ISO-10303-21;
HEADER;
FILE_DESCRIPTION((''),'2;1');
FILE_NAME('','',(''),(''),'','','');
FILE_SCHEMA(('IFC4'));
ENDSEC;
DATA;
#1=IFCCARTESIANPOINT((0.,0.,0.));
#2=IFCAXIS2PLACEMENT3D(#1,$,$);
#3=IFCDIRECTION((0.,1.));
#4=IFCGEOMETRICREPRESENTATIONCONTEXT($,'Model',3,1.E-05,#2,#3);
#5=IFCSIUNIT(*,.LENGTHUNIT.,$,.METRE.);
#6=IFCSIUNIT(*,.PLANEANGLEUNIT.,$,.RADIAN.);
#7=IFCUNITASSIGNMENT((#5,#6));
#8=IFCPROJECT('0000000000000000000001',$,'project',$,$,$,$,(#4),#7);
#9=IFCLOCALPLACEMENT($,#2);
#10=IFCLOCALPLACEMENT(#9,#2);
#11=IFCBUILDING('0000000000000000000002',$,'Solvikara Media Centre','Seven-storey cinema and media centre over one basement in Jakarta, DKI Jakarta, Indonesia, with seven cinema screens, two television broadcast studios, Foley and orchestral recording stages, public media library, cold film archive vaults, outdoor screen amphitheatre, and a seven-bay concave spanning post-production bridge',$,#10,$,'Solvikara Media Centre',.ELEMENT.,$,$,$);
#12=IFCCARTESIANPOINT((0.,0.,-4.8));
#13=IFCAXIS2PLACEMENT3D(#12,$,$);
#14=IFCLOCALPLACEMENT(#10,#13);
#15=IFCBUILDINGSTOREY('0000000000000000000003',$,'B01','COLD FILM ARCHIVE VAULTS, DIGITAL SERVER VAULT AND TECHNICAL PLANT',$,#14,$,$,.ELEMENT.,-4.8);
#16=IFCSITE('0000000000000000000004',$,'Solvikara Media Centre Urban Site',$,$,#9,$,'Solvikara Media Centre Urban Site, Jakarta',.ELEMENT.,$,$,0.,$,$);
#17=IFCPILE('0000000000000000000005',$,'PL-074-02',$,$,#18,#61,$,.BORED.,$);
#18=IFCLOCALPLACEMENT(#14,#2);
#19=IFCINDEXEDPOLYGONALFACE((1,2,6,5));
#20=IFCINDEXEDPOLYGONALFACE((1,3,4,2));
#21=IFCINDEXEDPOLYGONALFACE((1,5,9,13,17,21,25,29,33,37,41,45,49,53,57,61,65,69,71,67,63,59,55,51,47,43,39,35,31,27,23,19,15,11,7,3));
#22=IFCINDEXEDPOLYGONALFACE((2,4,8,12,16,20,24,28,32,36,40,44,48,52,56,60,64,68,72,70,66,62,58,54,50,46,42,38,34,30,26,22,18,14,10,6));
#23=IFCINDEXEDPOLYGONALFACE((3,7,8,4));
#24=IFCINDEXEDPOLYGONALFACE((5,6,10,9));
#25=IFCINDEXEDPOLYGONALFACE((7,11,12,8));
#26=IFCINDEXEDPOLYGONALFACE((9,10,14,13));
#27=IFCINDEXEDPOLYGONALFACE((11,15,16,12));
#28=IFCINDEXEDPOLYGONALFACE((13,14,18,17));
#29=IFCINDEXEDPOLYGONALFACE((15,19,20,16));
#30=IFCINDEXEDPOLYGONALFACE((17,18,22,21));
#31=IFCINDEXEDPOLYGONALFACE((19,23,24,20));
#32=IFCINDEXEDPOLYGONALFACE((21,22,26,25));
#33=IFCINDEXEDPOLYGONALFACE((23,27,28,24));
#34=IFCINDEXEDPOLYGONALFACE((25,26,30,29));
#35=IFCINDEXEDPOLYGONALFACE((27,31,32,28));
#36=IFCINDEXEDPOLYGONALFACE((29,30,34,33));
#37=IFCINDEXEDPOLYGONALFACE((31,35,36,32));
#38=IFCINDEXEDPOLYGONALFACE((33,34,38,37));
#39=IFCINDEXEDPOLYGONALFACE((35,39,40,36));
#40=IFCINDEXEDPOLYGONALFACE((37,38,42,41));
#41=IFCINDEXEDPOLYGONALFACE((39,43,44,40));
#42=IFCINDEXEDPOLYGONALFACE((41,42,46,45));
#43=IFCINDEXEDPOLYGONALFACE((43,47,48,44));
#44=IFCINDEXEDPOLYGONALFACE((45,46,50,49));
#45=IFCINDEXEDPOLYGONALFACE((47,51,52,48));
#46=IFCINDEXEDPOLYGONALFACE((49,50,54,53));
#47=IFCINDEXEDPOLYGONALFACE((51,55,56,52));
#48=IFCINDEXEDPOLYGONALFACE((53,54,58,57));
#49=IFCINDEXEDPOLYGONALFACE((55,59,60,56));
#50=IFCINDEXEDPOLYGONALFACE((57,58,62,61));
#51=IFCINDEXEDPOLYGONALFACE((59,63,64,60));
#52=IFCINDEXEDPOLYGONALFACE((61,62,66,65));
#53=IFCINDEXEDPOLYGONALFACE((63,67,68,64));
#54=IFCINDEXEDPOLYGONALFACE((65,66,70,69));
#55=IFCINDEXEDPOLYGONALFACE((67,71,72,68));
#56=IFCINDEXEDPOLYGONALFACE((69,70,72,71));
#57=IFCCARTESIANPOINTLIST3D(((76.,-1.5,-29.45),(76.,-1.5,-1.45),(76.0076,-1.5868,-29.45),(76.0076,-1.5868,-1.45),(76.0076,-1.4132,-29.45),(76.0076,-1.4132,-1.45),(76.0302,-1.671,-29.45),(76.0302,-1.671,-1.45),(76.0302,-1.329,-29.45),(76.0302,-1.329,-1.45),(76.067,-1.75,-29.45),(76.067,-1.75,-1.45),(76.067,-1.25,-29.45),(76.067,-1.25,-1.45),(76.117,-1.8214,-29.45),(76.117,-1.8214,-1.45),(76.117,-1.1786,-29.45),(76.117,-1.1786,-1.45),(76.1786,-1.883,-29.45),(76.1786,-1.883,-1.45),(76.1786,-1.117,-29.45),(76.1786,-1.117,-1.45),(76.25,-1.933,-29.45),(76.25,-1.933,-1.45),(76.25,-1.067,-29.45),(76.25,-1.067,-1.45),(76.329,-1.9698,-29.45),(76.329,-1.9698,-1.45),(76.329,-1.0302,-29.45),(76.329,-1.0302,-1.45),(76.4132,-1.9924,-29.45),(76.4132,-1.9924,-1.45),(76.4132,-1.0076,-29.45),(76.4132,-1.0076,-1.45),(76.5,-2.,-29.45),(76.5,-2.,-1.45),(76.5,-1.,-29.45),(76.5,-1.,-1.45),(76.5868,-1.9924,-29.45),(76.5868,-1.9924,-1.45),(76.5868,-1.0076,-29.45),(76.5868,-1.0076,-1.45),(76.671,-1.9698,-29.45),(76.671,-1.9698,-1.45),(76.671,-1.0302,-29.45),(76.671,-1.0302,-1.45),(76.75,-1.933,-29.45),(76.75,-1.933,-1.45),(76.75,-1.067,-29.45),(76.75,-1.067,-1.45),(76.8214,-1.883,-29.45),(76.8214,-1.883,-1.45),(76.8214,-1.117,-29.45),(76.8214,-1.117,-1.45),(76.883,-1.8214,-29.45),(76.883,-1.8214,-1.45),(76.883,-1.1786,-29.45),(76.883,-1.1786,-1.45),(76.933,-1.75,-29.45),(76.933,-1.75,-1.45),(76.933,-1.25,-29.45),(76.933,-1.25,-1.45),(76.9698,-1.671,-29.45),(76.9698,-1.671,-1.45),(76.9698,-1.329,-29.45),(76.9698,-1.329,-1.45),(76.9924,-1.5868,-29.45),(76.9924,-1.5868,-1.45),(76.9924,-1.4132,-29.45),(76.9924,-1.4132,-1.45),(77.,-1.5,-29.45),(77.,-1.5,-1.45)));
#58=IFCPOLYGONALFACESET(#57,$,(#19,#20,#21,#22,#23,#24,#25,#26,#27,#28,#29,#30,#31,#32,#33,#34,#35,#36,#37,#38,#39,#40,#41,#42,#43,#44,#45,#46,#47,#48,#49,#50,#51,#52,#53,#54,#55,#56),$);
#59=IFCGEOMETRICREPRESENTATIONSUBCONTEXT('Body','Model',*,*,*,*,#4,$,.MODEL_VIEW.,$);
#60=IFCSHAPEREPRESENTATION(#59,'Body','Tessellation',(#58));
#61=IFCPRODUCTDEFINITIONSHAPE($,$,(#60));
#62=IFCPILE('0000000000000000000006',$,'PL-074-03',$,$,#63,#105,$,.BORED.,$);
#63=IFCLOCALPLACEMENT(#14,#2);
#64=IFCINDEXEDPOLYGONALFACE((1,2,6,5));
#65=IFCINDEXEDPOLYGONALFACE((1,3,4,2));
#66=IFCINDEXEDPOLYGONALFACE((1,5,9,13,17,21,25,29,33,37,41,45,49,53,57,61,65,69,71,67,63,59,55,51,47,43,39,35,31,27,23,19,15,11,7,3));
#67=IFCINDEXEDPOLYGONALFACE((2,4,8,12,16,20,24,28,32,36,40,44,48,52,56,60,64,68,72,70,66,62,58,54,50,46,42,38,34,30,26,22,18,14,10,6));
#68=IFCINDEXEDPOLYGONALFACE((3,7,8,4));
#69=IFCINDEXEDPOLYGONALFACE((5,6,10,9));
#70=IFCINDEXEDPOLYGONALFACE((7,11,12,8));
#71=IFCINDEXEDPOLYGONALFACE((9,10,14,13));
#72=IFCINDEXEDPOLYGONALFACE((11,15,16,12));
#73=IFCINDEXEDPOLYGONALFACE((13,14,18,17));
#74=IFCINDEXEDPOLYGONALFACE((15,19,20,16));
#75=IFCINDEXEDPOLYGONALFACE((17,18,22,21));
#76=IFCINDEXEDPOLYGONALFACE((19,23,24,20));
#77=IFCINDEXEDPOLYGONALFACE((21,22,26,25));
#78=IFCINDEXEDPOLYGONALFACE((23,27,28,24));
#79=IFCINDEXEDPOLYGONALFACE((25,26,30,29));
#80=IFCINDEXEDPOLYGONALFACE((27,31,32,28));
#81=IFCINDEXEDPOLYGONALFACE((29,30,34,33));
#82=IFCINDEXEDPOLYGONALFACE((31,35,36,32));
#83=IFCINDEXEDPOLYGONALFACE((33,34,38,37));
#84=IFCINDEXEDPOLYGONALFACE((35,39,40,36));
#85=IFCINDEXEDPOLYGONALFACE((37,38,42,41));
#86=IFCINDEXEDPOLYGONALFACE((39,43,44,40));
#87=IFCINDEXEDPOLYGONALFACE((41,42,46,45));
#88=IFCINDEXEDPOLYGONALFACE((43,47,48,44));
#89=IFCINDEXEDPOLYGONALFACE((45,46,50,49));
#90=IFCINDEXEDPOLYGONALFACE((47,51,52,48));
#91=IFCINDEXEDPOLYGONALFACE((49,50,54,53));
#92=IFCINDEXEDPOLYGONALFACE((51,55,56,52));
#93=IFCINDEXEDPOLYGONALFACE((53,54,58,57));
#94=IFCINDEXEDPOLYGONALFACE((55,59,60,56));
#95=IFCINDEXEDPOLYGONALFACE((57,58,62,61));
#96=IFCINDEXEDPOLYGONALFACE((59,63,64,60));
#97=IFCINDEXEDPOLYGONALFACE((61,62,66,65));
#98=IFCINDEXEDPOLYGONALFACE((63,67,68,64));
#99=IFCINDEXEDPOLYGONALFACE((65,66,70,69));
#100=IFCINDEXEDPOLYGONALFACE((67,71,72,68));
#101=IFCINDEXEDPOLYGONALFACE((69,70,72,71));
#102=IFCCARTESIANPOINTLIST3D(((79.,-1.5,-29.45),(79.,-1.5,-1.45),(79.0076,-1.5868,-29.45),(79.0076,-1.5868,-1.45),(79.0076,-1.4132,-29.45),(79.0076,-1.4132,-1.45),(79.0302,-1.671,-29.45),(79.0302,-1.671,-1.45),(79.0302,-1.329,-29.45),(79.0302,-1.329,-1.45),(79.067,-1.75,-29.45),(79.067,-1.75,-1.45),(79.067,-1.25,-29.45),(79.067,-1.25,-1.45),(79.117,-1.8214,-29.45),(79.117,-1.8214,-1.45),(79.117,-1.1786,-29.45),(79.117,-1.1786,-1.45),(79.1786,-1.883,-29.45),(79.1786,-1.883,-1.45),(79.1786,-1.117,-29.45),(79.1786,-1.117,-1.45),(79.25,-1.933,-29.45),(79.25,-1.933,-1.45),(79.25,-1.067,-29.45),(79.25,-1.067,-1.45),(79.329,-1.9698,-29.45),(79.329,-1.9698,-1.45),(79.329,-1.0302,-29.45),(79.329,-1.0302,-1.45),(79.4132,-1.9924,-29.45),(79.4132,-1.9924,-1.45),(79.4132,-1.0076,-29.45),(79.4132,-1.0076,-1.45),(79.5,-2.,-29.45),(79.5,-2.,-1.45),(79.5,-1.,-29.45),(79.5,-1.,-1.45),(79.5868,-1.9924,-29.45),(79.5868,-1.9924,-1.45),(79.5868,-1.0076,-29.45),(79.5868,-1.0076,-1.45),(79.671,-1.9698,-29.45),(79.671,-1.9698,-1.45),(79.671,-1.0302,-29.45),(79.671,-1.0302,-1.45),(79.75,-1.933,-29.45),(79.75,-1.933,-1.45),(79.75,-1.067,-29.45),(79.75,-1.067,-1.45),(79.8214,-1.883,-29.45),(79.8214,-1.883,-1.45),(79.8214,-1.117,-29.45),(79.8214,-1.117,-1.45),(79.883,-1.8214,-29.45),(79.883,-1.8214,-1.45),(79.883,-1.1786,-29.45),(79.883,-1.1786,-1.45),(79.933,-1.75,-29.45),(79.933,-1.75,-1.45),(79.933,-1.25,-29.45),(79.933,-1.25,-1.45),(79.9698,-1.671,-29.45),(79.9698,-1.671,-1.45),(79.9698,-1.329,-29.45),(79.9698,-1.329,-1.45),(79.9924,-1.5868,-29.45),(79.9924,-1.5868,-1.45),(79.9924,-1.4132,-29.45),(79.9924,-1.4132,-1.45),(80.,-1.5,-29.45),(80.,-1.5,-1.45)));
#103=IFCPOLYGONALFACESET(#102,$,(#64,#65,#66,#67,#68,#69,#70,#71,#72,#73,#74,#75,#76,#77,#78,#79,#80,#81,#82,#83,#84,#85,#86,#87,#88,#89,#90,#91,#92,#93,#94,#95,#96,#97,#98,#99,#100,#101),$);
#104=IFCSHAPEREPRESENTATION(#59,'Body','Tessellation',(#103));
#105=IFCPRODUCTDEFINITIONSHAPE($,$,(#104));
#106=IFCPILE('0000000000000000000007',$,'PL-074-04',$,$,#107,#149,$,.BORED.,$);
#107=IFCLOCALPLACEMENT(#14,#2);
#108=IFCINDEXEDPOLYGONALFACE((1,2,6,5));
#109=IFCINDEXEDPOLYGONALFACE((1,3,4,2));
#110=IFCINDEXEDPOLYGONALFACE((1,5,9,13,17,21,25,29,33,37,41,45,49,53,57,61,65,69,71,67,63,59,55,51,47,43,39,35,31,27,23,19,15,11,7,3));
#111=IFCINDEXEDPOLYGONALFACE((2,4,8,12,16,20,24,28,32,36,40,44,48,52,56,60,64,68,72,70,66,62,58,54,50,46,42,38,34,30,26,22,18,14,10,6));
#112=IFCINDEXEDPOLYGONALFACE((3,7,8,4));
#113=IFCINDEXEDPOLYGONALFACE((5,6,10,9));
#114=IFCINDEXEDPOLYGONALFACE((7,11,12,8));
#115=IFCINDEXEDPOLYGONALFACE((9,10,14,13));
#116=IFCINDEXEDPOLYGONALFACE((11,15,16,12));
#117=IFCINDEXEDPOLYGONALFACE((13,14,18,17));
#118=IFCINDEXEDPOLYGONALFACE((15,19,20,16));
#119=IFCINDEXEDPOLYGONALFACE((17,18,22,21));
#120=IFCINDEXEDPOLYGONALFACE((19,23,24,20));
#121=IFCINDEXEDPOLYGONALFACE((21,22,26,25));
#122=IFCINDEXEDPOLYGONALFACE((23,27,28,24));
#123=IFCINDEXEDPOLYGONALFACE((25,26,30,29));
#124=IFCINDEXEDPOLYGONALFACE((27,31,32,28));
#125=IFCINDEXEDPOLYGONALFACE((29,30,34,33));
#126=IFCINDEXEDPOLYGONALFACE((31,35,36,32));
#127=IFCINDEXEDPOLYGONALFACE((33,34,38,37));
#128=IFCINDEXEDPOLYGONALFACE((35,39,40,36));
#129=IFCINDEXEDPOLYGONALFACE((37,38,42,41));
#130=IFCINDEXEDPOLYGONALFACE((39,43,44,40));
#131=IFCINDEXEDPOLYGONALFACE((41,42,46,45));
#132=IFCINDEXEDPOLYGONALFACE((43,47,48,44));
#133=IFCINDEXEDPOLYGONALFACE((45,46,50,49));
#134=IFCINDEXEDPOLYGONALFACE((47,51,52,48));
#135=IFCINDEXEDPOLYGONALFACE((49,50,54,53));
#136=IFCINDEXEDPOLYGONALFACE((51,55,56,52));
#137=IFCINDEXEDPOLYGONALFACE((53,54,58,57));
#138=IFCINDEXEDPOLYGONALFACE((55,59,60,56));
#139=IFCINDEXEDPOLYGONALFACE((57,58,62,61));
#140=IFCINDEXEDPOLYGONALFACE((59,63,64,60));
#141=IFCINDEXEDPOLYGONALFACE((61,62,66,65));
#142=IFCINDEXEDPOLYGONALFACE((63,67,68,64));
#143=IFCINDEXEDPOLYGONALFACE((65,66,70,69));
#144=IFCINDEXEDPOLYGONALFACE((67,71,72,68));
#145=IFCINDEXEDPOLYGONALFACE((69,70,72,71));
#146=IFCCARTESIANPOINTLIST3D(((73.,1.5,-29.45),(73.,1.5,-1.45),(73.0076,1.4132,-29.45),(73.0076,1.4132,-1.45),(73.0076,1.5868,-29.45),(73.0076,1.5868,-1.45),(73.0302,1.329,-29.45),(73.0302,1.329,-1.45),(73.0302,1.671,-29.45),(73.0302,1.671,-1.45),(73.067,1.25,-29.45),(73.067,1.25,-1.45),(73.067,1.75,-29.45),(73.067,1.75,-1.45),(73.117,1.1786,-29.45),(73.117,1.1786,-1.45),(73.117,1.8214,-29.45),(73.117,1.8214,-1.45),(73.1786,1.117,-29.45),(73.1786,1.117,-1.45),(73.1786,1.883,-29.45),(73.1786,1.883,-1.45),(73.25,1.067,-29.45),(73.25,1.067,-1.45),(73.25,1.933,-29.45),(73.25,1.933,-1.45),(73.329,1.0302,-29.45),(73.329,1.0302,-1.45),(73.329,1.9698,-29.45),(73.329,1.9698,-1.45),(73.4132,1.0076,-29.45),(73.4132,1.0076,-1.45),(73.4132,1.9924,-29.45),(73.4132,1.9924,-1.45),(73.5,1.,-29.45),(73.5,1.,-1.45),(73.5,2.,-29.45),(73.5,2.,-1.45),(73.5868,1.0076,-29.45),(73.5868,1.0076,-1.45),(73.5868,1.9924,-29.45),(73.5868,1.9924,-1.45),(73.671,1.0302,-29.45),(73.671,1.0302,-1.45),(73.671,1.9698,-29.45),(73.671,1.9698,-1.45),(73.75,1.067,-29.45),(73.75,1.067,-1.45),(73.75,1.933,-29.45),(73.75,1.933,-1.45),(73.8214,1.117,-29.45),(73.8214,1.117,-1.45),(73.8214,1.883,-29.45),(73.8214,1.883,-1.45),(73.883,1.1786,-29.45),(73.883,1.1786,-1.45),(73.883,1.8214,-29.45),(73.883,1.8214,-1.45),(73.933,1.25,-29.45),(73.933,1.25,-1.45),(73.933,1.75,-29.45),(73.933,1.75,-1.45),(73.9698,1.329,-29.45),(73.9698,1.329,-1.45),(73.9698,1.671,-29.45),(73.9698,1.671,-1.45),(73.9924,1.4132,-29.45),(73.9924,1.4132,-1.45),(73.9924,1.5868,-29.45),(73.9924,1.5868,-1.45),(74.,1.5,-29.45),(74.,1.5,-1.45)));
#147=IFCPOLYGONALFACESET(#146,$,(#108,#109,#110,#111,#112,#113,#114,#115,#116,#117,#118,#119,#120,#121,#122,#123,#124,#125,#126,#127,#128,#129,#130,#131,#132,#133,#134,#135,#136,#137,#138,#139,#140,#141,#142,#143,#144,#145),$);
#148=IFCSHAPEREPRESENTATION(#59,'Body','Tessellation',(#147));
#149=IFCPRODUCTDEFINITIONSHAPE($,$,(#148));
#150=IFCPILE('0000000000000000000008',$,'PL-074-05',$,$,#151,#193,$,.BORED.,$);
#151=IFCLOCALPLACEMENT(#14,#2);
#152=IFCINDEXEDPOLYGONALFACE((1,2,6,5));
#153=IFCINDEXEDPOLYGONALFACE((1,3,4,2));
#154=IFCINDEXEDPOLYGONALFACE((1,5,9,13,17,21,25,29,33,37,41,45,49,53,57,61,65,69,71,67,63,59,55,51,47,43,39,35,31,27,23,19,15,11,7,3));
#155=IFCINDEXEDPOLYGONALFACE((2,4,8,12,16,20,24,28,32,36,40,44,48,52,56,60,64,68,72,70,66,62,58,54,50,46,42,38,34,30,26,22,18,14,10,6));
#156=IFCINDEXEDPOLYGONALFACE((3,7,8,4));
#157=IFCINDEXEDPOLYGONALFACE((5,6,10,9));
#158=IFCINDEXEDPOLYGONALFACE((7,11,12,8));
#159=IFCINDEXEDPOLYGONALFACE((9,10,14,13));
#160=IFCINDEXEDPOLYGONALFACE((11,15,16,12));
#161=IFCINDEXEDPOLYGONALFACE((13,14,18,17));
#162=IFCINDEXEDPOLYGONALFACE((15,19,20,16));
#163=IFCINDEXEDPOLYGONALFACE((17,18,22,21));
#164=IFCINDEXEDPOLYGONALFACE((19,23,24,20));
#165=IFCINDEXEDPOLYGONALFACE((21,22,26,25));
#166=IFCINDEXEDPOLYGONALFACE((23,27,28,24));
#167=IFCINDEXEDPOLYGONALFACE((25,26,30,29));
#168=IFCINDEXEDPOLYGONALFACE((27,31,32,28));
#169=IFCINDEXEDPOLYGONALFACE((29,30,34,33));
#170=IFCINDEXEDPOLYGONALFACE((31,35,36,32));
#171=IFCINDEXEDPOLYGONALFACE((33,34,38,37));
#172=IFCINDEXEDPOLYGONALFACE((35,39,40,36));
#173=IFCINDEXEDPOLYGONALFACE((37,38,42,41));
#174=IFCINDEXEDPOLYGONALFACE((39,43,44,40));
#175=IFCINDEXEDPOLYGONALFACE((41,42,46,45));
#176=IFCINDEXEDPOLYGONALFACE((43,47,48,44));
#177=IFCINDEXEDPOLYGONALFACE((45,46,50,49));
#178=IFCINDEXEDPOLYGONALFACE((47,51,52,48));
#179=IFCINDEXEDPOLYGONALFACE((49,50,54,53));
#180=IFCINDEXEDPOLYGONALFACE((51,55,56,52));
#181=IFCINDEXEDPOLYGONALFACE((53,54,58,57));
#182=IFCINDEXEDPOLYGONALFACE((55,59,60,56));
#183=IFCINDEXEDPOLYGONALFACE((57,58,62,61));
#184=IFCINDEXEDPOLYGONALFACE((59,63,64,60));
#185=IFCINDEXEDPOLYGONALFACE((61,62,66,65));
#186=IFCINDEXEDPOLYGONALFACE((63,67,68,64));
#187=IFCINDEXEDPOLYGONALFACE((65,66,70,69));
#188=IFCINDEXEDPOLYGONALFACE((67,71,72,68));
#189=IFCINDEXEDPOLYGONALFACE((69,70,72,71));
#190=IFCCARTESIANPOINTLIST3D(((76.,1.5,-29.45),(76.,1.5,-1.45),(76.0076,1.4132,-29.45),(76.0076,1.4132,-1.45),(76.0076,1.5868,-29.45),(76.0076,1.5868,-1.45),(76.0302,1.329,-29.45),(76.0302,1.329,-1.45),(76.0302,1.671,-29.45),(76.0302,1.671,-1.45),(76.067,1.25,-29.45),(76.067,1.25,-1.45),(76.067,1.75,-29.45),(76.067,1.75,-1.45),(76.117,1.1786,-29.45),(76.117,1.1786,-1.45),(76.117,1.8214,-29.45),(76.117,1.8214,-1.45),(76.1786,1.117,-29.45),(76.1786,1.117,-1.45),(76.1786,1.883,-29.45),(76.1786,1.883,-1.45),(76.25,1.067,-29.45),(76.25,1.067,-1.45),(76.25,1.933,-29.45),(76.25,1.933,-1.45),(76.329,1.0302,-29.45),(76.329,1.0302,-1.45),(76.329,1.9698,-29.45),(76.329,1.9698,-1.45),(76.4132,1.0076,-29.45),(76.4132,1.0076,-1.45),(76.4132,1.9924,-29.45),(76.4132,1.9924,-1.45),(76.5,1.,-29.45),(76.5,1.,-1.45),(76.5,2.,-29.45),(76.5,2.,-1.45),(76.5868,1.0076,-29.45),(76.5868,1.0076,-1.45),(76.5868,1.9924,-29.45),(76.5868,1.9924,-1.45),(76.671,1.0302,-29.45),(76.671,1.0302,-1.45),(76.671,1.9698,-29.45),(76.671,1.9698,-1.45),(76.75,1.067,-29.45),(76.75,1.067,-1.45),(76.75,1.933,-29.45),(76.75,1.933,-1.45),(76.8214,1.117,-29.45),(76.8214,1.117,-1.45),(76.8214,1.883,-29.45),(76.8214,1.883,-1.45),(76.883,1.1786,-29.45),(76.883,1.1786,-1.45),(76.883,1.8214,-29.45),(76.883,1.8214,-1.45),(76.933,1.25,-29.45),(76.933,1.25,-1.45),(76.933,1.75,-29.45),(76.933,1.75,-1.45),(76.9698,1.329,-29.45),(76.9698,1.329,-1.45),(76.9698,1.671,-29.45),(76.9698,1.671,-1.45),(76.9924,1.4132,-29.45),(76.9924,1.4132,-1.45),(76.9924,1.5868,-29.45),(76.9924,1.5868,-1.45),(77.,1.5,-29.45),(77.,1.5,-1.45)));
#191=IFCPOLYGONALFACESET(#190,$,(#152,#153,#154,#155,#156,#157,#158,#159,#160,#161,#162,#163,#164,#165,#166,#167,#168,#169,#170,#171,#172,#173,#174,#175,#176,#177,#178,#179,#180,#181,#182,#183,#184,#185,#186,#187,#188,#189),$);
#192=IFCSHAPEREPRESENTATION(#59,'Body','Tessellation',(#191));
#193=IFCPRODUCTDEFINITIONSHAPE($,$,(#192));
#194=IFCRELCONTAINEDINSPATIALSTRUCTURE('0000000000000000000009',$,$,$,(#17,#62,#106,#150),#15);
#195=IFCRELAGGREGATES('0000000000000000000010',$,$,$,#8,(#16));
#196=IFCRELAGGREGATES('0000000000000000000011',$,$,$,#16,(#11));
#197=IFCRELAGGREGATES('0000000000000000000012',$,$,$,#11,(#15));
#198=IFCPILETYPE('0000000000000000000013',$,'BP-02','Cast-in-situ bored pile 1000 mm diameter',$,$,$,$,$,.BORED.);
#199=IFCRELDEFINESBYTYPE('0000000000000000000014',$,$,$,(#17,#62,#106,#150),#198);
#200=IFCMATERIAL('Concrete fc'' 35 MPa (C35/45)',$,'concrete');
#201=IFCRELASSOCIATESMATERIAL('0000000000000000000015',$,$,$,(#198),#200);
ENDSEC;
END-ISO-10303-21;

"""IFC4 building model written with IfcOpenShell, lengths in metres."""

from ifc_helpers import new_model, si_unit, direction, frame, origin, origin_2d, place, context, subcontext, project, spatial, circle, extrude, material, material_profile, profile_set, type_object, element, save


model = new_model("IFC4")

# Units and contexts
model_context = context("Model", 3, precision=1e-05, world=origin(), true_north=direction((0.0, 1.0)))
body_context = subcontext(model_context, "Body", "Model", "MODEL_VIEW")
ifc_project = project(units=[si_unit("LENGTHUNIT", "METRE"), si_unit("PLANEANGLEUNIT", "RADIAN")], contexts=[model_context])

# Site, building, storey
site_placement = place(None, origin())
site = spatial("IfcSite", under=ifc_project, at=site_placement, Name="Solvikara Media Centre Urban Site", LongName="Solvikara Media Centre Urban Site, Jakarta", CompositionType="ELEMENT", RefElevation=0.0)
building_placement = place(site_placement, origin())
building = spatial("IfcBuilding", under=site, at=building_placement, Name="Solvikara Media Centre", Description="Seven-storey cinema and media centre over one basement in Jakarta, DKI Jakarta, Indonesia, with seven cinema screens, two television broadcast studios, Foley and orchestral recording stages, public media library, cold film archive vaults, outdoor screen amphitheatre, and a seven-bay concave spanning post-production bridge", LongName="Solvikara Media Centre", CompositionType="ELEMENT")
storey_placement = place(building_placement, frame((0.0, 0.0, -4.8)))
storey = spatial("IfcBuildingStorey", under=building, at=storey_placement, Name="B01", Description="COLD FILM ARCHIVE VAULTS, DIGITAL SERVER VAULT AND TECHNICAL PLANT", CompositionType="ELEMENT", Elevation=-4.8)

# Piles
ifc_material_1 = material(Name="Concrete fc' 35 MPa (C35/45)", Category="concrete")
ifc_material_profile_1 = material_profile(ifc_material_1, circle(Radius=0.5, at=origin_2d()), Name="BORED PILE D1000")
ifc_profile_set_1 = profile_set([ifc_material_profile_1], Name="Concrete fc' 35 MPa (C35/45)")
pile_type_1 = type_object("IfcPileType", Name="BP-02", Description="Cast-in-situ bored pile 1000 mm diameter", PredefinedType="BORED", material=ifc_profile_set_1)
for number, where, z_axis, x_axis, name in (
    (1, (76.5, -1.5, -1.45), (0.0, 0.0, -1.0), (1.0, 0.0, 0.0), "PL-074-02"),
    (2, (79.5, -1.5, -1.45), (0.0, 0.0, -1.0), (1.0, 0.0, 0.0), "PL-074-03"),
    (3, (73.5, 1.5, -1.45), (0.0, 0.0, -1.0), (1.0, 0.0, 0.0), "PL-074-04"),
    (4, (76.5, 1.5, -1.45), (0.0, 0.0, -1.0), (1.0, 0.0, 0.0), "PL-074-05"),
):
    element("IfcPile", number, at=place(storey_placement, frame(where, z_axis=z_axis, x_axis=x_axis)), inside=storey, type_object=pile_type_1, Name=name, PredefinedType="BORED", context=body_context, shape_type="SweptSolid", body=[
        extrude(circle(Radius=0.5, at=origin_2d()), origin(), (0.0, 0.0, 1.0), 28.0),
    ])

save(model, "model.ifc")
